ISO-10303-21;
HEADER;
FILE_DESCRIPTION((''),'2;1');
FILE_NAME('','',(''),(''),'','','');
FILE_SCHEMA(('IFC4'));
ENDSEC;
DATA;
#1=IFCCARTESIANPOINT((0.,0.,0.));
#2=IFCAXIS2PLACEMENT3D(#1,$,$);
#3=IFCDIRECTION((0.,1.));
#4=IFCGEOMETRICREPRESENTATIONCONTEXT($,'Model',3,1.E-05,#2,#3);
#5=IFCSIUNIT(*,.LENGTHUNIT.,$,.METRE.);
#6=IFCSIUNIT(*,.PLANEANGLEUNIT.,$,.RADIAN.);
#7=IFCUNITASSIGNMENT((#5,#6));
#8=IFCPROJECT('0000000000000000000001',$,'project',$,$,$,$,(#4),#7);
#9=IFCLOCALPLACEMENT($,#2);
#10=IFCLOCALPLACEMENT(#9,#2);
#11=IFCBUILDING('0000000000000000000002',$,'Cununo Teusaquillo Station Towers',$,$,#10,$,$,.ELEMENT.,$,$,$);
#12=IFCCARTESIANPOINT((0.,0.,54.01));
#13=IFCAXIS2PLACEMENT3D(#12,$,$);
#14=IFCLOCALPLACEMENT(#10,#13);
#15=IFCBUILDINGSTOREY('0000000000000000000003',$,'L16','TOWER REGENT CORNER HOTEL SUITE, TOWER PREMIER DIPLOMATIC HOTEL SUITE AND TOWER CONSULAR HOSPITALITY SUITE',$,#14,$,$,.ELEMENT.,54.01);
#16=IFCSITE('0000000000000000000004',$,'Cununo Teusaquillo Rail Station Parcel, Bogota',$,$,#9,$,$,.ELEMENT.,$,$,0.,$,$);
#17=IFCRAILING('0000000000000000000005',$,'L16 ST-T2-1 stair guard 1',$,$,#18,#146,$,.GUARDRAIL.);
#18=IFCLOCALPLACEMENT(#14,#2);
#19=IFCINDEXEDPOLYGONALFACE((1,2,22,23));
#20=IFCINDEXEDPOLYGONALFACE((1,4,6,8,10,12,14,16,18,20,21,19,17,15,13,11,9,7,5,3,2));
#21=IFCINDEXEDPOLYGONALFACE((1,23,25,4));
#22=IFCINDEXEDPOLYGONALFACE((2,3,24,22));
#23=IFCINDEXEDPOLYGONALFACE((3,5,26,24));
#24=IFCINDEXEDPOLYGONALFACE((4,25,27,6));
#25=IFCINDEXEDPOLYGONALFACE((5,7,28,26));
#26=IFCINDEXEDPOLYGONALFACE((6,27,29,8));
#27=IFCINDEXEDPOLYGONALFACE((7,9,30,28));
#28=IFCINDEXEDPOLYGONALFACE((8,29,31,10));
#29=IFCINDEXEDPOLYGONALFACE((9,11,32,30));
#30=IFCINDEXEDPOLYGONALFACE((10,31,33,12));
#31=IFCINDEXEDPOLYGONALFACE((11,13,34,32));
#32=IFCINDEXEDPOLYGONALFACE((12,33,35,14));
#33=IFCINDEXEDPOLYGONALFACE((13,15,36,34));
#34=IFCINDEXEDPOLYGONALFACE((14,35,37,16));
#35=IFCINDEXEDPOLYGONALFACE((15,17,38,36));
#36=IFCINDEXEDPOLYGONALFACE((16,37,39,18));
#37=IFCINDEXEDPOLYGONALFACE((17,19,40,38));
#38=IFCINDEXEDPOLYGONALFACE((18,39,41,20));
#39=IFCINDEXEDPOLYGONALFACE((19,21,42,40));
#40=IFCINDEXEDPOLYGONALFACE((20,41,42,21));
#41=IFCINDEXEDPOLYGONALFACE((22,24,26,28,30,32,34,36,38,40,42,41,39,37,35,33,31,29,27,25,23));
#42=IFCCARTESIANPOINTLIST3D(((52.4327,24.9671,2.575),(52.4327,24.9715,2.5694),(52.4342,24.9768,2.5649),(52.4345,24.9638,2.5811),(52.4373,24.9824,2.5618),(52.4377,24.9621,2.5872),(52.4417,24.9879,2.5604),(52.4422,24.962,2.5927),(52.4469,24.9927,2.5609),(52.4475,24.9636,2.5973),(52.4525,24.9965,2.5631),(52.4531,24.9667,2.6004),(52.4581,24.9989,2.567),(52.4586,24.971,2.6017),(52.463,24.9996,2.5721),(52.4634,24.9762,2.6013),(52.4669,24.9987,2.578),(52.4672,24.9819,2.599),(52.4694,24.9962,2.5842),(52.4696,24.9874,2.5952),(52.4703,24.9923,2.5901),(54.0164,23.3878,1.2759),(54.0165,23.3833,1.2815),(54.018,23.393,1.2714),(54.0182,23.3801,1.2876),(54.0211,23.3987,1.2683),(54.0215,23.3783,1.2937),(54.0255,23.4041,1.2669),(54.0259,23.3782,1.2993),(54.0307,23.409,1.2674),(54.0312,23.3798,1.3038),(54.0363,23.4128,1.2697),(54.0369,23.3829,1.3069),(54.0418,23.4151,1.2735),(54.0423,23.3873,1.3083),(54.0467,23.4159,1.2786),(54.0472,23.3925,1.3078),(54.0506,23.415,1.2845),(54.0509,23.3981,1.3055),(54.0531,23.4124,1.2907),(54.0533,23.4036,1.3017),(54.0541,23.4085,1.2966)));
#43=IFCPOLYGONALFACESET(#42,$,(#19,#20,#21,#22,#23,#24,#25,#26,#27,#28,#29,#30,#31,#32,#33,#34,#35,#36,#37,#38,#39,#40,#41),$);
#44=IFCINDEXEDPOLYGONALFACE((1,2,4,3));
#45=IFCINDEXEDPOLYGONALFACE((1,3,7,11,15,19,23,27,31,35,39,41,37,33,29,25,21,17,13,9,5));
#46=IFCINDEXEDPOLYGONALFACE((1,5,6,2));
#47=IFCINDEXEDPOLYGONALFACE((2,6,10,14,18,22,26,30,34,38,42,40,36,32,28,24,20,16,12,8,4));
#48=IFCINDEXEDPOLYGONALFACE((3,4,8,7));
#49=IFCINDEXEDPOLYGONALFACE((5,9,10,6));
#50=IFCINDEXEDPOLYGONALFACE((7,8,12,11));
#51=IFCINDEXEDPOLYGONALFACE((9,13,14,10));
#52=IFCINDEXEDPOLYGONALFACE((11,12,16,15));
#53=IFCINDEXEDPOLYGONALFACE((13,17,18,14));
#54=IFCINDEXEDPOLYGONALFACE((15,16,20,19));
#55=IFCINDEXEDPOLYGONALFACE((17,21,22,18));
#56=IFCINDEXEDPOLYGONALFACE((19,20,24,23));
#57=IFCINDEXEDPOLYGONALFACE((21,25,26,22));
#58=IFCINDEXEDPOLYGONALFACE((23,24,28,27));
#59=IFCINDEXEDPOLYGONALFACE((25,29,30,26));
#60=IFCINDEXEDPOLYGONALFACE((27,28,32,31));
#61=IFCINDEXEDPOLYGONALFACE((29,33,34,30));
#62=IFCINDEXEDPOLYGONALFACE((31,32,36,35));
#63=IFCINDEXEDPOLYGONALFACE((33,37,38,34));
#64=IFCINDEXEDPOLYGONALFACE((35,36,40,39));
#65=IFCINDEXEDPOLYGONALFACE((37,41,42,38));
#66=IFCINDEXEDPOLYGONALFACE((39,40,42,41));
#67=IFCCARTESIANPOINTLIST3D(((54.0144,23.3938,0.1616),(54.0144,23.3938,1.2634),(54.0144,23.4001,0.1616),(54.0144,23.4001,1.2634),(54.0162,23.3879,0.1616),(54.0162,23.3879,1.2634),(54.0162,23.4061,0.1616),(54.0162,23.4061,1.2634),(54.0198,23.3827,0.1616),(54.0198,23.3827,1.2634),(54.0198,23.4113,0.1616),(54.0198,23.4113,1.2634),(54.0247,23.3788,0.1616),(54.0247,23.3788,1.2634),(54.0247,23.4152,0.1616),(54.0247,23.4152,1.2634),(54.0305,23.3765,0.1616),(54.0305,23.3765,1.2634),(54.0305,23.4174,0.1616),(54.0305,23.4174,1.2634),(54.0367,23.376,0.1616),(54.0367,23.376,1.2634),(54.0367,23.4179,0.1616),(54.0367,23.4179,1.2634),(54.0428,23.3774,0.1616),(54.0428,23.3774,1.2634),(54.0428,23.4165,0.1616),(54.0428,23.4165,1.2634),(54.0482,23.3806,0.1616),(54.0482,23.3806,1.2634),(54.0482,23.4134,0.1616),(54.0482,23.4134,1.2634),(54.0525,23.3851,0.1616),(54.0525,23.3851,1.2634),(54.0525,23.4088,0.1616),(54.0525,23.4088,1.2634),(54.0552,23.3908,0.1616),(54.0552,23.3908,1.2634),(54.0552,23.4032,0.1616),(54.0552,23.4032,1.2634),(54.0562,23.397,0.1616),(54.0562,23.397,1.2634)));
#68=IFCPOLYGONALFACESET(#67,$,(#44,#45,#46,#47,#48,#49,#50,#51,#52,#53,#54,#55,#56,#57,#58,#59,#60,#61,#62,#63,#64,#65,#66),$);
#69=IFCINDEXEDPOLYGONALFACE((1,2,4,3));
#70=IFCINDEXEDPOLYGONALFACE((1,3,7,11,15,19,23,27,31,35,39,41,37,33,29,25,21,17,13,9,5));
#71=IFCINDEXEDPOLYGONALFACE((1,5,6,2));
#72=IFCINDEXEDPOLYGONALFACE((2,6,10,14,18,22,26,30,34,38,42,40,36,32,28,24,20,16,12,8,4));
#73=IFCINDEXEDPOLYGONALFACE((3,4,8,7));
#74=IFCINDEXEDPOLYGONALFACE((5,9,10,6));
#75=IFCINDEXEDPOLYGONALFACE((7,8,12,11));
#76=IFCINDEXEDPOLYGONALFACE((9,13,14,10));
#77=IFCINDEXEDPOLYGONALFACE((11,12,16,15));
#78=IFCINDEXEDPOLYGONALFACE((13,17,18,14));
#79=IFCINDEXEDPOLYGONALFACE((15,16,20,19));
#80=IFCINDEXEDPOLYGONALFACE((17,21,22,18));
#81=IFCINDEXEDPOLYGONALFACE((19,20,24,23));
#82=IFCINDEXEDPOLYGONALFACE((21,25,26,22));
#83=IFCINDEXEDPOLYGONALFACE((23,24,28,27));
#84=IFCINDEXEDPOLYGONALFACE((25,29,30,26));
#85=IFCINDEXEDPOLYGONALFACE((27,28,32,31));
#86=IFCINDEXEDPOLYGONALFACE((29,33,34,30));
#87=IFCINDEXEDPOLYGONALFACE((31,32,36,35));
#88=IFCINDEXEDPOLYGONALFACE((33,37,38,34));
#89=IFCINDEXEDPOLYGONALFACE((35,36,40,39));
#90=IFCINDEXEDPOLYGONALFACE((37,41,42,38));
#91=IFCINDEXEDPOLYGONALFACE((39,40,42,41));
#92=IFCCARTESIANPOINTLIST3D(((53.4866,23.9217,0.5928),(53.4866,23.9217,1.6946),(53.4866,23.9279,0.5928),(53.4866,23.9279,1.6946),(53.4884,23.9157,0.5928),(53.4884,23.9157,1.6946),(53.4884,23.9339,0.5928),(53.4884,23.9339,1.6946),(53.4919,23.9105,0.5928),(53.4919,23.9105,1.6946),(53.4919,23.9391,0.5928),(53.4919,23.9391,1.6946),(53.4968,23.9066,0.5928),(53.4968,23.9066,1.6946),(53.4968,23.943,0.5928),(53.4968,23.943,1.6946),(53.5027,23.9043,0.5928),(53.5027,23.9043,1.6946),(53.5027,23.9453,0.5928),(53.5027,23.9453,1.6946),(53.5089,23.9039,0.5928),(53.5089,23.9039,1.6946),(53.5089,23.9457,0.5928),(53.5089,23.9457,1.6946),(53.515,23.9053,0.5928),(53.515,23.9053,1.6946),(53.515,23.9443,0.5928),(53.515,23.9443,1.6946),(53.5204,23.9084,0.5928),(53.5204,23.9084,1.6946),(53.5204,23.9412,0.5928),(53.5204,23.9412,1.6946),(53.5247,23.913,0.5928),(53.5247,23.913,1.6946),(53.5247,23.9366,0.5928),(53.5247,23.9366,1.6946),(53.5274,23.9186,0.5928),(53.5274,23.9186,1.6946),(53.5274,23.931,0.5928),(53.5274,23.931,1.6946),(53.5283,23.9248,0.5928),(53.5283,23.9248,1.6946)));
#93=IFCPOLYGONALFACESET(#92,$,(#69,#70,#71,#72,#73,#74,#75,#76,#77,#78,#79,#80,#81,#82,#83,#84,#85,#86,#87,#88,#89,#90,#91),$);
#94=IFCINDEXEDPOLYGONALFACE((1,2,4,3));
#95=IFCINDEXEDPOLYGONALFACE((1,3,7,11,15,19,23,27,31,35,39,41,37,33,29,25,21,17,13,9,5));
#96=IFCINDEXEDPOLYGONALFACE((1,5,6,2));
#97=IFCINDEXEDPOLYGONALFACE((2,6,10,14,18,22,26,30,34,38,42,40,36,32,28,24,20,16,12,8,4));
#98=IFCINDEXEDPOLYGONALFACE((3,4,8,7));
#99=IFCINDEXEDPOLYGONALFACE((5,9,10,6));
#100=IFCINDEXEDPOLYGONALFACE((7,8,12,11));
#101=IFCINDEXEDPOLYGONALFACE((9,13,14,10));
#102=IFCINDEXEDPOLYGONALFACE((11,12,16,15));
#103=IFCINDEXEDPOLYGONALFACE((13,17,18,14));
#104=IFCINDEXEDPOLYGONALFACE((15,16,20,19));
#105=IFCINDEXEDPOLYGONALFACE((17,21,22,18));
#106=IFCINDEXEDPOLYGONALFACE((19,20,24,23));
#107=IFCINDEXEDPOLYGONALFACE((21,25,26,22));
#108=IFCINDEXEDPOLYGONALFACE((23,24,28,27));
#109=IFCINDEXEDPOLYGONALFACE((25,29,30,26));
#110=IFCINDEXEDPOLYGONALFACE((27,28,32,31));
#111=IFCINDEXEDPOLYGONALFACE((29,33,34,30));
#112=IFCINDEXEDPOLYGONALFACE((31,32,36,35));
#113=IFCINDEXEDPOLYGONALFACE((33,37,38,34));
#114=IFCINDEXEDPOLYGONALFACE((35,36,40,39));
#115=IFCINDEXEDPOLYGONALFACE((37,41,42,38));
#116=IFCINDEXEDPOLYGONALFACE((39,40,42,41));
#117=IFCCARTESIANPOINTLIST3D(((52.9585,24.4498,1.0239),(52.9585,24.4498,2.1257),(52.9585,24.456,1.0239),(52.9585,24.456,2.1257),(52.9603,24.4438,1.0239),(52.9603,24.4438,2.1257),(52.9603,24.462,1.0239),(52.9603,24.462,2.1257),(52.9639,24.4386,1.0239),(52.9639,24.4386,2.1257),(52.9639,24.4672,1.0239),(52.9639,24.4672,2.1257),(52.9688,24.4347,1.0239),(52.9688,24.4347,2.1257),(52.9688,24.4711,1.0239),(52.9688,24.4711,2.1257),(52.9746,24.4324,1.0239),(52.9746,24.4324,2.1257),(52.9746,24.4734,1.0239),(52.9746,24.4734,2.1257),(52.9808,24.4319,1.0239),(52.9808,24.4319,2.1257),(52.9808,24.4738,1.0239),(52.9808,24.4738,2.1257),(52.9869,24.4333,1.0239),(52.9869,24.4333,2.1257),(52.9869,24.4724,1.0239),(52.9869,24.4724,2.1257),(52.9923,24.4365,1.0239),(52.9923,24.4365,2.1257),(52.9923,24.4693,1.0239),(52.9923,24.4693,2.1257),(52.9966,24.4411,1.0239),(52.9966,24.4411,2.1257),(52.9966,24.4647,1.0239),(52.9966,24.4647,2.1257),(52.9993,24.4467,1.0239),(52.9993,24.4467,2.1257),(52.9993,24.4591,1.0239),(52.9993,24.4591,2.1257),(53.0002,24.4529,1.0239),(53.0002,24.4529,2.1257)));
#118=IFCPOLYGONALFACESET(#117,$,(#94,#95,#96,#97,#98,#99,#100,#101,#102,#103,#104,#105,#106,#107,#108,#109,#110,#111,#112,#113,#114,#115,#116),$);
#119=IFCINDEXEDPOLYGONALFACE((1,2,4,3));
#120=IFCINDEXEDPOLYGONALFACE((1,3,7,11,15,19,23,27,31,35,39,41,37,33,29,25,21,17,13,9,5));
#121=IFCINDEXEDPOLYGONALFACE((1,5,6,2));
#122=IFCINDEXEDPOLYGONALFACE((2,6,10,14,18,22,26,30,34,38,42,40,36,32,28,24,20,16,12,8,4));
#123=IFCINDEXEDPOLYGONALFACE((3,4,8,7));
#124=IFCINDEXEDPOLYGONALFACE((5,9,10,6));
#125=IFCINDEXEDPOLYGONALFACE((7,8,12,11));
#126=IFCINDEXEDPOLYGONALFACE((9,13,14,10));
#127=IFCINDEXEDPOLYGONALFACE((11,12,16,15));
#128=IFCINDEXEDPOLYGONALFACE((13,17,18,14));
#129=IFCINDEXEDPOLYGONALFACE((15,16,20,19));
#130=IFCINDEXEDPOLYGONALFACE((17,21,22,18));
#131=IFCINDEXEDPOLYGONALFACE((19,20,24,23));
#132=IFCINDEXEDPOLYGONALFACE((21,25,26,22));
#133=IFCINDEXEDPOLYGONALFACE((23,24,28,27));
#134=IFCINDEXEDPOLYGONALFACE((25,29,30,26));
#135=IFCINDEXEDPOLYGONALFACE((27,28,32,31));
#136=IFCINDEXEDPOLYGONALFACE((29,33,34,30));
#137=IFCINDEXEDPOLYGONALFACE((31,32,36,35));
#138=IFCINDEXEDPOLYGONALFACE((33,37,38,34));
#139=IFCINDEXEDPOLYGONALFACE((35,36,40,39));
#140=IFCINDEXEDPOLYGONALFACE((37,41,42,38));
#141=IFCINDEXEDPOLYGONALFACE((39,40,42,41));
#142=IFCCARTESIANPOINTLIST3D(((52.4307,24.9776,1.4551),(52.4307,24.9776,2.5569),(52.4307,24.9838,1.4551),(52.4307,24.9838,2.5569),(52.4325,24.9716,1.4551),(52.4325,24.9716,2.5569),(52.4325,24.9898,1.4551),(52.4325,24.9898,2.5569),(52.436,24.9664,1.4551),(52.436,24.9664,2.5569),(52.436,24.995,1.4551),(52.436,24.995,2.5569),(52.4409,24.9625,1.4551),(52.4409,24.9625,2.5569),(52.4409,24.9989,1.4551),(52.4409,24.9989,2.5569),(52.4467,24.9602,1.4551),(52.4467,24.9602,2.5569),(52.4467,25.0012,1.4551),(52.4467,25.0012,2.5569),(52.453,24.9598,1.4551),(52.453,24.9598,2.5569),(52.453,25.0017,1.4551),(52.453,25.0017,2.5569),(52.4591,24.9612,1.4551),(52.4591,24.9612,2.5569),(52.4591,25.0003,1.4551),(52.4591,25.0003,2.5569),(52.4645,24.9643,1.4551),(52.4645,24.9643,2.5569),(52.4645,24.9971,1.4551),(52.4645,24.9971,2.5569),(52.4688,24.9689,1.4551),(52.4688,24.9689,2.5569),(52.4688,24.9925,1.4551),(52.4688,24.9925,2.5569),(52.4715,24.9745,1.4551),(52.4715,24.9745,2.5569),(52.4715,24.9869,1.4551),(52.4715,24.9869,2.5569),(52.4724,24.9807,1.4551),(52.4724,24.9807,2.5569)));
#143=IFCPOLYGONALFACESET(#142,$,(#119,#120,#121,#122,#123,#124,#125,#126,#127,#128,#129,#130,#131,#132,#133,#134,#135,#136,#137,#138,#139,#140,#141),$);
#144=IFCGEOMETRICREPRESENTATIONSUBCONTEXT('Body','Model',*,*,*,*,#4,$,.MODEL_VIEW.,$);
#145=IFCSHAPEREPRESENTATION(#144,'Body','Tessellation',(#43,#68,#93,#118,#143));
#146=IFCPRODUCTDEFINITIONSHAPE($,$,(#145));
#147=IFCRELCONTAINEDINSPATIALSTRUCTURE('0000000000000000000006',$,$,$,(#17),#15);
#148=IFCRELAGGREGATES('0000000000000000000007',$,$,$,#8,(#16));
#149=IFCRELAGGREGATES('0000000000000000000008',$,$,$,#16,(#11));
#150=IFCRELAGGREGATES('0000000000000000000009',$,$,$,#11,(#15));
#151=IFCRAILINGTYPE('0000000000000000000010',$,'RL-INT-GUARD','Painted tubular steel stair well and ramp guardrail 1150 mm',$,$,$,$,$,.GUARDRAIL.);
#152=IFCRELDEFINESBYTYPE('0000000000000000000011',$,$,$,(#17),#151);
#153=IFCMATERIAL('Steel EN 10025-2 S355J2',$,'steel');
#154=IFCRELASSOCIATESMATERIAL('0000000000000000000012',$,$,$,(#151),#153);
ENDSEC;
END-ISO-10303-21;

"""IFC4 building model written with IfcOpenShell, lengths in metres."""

from ifc_helpers import new_model, si_unit, direction, frame, origin, origin_2d, place, context, subcontext, project, spatial, circle, extrude, material, type_object, element, save


model = new_model("IFC4")

# Units and contexts
model_context = context("Model", 3, precision=1e-05, world=origin(), true_north=direction((0.0, 1.0)))
body_context = subcontext(model_context, "Body", "Model", "MODEL_VIEW")
ifc_project = project(units=[si_unit("LENGTHUNIT", "METRE"), si_unit("PLANEANGLEUNIT", "RADIAN")], contexts=[model_context])

# Site, building, storey
site_placement = place(None, origin())
site = spatial("IfcSite", under=ifc_project, at=site_placement, Name="Cununo Teusaquillo Rail Station Parcel, Bogota", CompositionType="ELEMENT", RefElevation=0.0)
building_placement = place(site_placement, origin())
building = spatial("IfcBuilding", under=site, at=building_placement, Name="Cununo Teusaquillo Station Towers", CompositionType="ELEMENT")
storey_placement = place(building_placement, frame((0.0, 0.0, 54.01)))
storey = spatial("IfcBuildingStorey", under=building, at=storey_placement, Name="L16", Description="TOWER REGENT CORNER HOTEL SUITE, TOWER PREMIER DIPLOMATIC HOTEL SUITE AND TOWER CONSULAR HOSPITALITY SUITE", CompositionType="ELEMENT", Elevation=54.01)

# Railing
ifc_material_1 = material(Name="Steel EN 10025-2 S355J2", Category="steel")
railing_type_1 = type_object("IfcRailingType", Name="RL-INT-GUARD", Description="Painted tubular steel stair well and ramp guardrail 1150 mm", PredefinedType="GUARDRAIL", material=ifc_material_1)
railing_1_placement = place(storey_placement, frame((54.0352, 23.397, 0.1616)))
element("IfcRailing", 1, at=railing_1_placement, inside=storey, type_object=railing_type_1, Name="L16 ST-T2-1 stair guard 1", PredefinedType="GUARDRAIL", context=body_context, shape_type="SweptSolid", body=[
    extrude(circle(Radius=0.0239, at=origin_2d()), frame((0.0, 0.0, 1.126), z_axis=(-0.612332, 0.612332, 0.500098), x_axis=(-0.707107, -0.707107, 0.0)), (0.0, 0.0, 1.0), 2.5864),
    extrude(circle(Radius=0.021, at=origin_2d()), origin(), (0.0, 0.0, 1.0), 1.1018),
    extrude(circle(Radius=0.021, at=origin_2d()), frame((-0.5278, 0.5278, 0.4312)), (0.0, 0.0, 1.0), 1.1018),
    extrude(circle(Radius=0.021, at=origin_2d()), frame((-1.0559, 1.0559, 0.8623)), (0.0, 0.0, 1.0), 1.1018),
    extrude(circle(Radius=0.021, at=origin_2d()), frame((-1.5837, 1.5837, 1.2935)), (0.0, 0.0, 1.0), 1.1018),
])

save(model, "model.ifc")
